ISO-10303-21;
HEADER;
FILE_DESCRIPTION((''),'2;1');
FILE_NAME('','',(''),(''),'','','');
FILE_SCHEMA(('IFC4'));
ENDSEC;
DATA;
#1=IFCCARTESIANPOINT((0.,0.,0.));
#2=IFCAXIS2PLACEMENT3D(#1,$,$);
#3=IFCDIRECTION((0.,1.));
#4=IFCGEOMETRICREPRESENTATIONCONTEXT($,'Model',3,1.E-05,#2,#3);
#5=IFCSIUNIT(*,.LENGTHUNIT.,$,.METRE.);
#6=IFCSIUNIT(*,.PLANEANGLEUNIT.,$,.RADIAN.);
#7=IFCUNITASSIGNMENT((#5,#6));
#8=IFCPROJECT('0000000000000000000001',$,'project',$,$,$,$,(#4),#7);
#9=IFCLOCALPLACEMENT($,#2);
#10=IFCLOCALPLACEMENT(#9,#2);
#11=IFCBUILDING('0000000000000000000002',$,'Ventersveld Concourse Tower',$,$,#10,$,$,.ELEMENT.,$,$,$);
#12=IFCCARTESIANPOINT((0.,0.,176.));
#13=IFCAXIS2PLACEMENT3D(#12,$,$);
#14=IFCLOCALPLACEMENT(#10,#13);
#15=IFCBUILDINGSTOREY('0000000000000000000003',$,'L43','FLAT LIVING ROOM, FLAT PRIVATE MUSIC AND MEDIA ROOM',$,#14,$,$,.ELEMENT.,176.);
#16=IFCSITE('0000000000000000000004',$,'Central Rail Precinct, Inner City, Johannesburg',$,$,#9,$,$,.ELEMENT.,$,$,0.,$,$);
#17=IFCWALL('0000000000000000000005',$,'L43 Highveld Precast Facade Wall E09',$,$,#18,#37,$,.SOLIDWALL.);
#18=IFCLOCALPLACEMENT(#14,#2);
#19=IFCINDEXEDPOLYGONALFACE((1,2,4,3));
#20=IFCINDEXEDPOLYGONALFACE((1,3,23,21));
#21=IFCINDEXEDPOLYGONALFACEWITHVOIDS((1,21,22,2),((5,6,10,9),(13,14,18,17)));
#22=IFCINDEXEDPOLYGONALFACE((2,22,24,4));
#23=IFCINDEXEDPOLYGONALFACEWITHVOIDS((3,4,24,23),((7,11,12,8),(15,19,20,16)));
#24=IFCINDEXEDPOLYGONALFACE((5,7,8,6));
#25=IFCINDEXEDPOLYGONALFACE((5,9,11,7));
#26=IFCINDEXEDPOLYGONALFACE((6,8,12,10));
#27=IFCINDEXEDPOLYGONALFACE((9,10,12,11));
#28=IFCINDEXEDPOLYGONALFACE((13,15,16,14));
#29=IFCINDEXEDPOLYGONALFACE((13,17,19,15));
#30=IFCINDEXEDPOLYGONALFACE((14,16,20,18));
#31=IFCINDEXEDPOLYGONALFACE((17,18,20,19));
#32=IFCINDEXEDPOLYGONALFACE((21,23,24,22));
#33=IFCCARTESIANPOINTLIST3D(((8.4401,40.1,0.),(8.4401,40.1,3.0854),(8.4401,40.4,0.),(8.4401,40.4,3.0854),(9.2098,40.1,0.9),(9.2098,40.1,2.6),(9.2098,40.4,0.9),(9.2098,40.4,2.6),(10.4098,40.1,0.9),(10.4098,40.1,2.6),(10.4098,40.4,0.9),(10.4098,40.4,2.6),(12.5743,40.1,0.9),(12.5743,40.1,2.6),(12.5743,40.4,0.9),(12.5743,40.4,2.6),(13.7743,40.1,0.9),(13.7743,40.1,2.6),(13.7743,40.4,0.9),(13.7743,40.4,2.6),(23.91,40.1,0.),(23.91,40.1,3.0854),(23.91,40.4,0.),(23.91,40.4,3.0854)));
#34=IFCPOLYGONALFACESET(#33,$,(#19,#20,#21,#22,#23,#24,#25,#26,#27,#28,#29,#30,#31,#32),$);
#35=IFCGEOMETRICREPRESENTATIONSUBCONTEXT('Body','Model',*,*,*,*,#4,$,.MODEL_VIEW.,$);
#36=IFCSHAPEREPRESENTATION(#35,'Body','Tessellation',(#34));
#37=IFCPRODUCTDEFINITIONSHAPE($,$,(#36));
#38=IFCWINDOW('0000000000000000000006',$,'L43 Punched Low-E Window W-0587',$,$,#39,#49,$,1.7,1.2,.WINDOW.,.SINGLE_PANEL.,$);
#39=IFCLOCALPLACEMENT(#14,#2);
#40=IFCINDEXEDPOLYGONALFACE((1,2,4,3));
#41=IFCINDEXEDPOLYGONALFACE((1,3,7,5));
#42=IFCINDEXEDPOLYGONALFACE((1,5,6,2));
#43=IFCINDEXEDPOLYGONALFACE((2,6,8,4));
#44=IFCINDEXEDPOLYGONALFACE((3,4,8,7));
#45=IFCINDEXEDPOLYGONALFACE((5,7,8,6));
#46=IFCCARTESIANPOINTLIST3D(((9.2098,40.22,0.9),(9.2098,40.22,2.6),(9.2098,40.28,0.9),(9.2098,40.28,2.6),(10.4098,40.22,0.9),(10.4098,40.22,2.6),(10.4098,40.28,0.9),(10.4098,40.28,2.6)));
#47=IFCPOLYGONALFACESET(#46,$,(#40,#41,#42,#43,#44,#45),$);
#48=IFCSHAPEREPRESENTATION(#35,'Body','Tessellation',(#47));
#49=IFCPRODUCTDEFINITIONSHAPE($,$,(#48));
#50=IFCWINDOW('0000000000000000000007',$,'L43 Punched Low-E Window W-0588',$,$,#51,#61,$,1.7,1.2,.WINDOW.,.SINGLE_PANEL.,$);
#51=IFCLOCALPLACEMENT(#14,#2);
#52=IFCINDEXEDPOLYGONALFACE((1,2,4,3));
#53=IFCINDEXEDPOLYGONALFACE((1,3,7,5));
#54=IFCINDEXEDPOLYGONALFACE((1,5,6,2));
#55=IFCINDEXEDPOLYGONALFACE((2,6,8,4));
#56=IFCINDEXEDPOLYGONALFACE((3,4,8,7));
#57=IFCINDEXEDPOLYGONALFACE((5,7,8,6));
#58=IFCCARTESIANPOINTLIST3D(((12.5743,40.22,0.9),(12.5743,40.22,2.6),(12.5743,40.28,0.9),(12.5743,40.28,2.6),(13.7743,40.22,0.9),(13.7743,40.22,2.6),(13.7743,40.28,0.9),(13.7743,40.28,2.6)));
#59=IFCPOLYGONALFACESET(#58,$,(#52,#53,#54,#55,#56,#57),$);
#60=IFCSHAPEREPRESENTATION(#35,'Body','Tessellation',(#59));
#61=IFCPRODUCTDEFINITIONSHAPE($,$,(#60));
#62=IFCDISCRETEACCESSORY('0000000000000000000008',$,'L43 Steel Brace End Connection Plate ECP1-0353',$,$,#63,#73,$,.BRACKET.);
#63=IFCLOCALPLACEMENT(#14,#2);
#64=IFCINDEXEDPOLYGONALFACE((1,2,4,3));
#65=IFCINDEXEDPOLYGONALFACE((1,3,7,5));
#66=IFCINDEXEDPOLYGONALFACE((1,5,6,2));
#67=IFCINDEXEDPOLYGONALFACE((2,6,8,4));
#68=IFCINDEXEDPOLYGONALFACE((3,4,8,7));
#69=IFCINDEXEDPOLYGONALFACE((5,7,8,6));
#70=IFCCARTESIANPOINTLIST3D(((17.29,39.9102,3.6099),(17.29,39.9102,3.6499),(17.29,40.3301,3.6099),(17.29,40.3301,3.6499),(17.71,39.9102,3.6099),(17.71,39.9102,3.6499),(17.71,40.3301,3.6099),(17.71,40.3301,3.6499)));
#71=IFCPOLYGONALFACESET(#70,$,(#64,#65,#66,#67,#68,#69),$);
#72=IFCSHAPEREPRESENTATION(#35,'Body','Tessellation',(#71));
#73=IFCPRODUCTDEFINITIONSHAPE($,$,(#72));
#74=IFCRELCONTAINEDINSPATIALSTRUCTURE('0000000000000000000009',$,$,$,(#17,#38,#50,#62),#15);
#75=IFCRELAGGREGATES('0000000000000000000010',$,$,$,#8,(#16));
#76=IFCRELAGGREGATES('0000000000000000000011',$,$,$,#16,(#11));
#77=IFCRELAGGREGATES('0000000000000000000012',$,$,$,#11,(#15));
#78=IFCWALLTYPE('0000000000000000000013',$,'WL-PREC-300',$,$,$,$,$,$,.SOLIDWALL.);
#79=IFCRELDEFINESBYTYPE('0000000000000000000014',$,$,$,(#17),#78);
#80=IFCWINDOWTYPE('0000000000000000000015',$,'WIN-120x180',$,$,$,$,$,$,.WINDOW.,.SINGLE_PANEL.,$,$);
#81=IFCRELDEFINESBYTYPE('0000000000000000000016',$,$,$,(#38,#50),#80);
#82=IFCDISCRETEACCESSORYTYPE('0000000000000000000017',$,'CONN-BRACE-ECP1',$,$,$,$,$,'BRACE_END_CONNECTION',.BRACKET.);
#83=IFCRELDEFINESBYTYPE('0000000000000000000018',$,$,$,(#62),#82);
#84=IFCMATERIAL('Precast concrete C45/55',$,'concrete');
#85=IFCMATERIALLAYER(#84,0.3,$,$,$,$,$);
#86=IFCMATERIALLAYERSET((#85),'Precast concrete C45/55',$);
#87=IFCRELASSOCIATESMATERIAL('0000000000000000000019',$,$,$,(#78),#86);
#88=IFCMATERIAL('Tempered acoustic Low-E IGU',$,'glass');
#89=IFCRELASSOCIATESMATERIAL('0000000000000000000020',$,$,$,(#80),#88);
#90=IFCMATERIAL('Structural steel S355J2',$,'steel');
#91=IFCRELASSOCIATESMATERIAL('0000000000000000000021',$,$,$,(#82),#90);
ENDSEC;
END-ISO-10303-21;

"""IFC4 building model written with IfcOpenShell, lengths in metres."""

from ifc_helpers import new_model, si_unit, direction, frame, frame_2d, origin, origin_2d, place, context, subcontext, project, spatial, rectangle, extrude, material, layer, layer_set, type_object, element, fill, save


model = new_model("IFC4")

# Units and contexts
model_context = context("Model", 3, precision=1e-05, world=origin(), true_north=direction((0.0, 1.0)))
body_context = subcontext(model_context, "Body", "Model", "MODEL_VIEW")
ifc_project = project(units=[si_unit("LENGTHUNIT", "METRE"), si_unit("PLANEANGLEUNIT", "RADIAN")], contexts=[model_context])

# Site, building, storey
site_placement = place(None, origin())
site = spatial("IfcSite", under=ifc_project, at=site_placement, Name="Central Rail Precinct, Inner City, Johannesburg", CompositionType="ELEMENT", RefElevation=0.0)
building_placement = place(site_placement, origin())
building = spatial("IfcBuilding", under=site, at=building_placement, Name="Ventersveld Concourse Tower", CompositionType="ELEMENT")
storey_placement = place(building_placement, frame((0.0, 0.0, 176.0)))
storey = spatial("IfcBuildingStorey", under=building, at=storey_placement, Name="L43", Description="FLAT LIVING ROOM, FLAT PRIVATE MUSIC AND MEDIA ROOM", CompositionType="ELEMENT", Elevation=176.0)

# Shared definitions
ifc_material_1 = material(Name="Structural steel S355J2", Category="steel")

# Shared definitions
ifc_material_2 = material(Name="Precast concrete C45/55", Category="concrete")
ifc_layer_1 = layer(ifc_material_2, 0.3)
ifc_layer_set_1 = layer_set([ifc_layer_1], Name="Precast concrete C45/55")
wall_type_1 = type_object("IfcWallType", Name="WL-PREC-300", PredefinedType="SOLIDWALL", material=ifc_layer_set_1)
ifc_material_3 = material(Name="Tempered acoustic Low-E IGU", Category="glass")

# Wall, openings, windows
wall_1_placement = place(storey_placement, frame((23.9099, 40.25, 0.0), z_axis=(0.0, 0.0, 1.0), x_axis=(-1.0, 0.0, 0.0)))
wall_1 = element("IfcWall", 1, at=wall_1_placement, inside=storey, type_object=wall_type_1, Name="L43 Highveld Precast Facade Wall E09", PredefinedType="SOLIDWALL", context=body_context, shape_type="SweptSolid", body=[
    extrude(rectangle(XDim=15.47, YDim=0.3, at=frame_2d((7.7349, 0.0))), origin(), (0.0, 0.0, 1.0), 3.0854),
])
opening_1_placement = place(wall_1_placement, frame((13.5, 0.0, 0.8999)))
opening_1 = element("IfcOpeningElement", 2, at=opening_1_placement, cuts=wall_1, PredefinedType="OPENING", context=body_context, shape_type="SweptSolid", body=[
    extrude(rectangle(XDim=1.2, YDim=1.7, at=frame_2d((0.6001, 0.8501))), frame((0.0, 0.1602, 0.0), z_axis=(0.0, -1.0, 0.0), x_axis=(1.0, 0.0, 0.0)), (0.0, 0.0, 1.0), 0.3201),
])
opening_2_placement = place(wall_1_placement, frame((10.1355, 0.0, 0.8999)))
opening_2 = element("IfcOpeningElement", 3, at=opening_2_placement, cuts=wall_1, PredefinedType="OPENING", context=body_context, shape_type="SweptSolid", body=[
    extrude(rectangle(XDim=1.2, YDim=1.7, at=frame_2d((0.6001, 0.8501))), frame((0.0, 0.1602, 0.0), z_axis=(0.0, -1.0, 0.0), x_axis=(1.0, 0.0, 0.0)), (0.0, 0.0, 1.0), 0.3201),
])
window_type_1 = type_object("IfcWindowType", Name="WIN-120x180", PartitioningType="SINGLE_PANEL", PredefinedType="WINDOW", material=ifc_material_3)
window_1_placement = place(opening_1_placement, origin())
window_1 = element("IfcWindow", 4, at=window_1_placement, inside=storey, type_object=window_type_1, Name="L43 Punched Low-E Window W-0587", OverallHeight=1.7, OverallWidth=1.2, PartitioningType="SINGLE_PANEL", PredefinedType="WINDOW", context=body_context, shape_type="SweptSolid", body=[
    extrude(rectangle(XDim=1.2, YDim=1.7, at=frame_2d((0.6001, 0.8501))), frame((0.0, 0.03, 0.0), z_axis=(0.0, -1.0, 0.0), x_axis=(1.0, 0.0, 0.0)), (0.0, 0.0, 1.0), 0.0601),
])
fill(opening_1, window_1)
window_2_placement = place(opening_2_placement, origin())
window_2 = element("IfcWindow", 5, at=window_2_placement, inside=storey, type_object=window_type_1, Name="L43 Punched Low-E Window W-0588", OverallHeight=1.7, OverallWidth=1.2, PartitioningType="SINGLE_PANEL", PredefinedType="WINDOW", context=body_context, shape_type="SweptSolid", body=[
    extrude(rectangle(XDim=1.2, YDim=1.7, at=frame_2d((0.6001, 0.8501))), frame((0.0, 0.03, 0.0), z_axis=(0.0, -1.0, 0.0), x_axis=(1.0, 0.0, 0.0)), (0.0, 0.0, 1.0), 0.0601),
])
fill(opening_2, window_2)

# Discrete accessory
discrete_accessory_type = type_object("IfcDiscreteAccessoryType", Name="CONN-BRACE-ECP1", ElementType="BRACE_END_CONNECTION", PredefinedType="BRACKET", material=ifc_material_1)
discrete_accessory_placement = place(storey_placement, frame((17.5, 40.1201, 3.6099), z_axis=(0.0, 0.0, 1.0), x_axis=(1.0, 0.0, 0.0)))
element("IfcDiscreteAccessory", 6, at=discrete_accessory_placement, inside=storey, type_object=discrete_accessory_type, Name="L43 Steel Brace End Connection Plate ECP1-0353", PredefinedType="BRACKET", context=body_context, shape_type="SweptSolid", body=[
    extrude(rectangle(XDim=0.4199, YDim=0.4199, at=origin_2d()), origin(), (0.0, 0.0, 1.0), 0.04),
])

save(model, "model.ifc")
